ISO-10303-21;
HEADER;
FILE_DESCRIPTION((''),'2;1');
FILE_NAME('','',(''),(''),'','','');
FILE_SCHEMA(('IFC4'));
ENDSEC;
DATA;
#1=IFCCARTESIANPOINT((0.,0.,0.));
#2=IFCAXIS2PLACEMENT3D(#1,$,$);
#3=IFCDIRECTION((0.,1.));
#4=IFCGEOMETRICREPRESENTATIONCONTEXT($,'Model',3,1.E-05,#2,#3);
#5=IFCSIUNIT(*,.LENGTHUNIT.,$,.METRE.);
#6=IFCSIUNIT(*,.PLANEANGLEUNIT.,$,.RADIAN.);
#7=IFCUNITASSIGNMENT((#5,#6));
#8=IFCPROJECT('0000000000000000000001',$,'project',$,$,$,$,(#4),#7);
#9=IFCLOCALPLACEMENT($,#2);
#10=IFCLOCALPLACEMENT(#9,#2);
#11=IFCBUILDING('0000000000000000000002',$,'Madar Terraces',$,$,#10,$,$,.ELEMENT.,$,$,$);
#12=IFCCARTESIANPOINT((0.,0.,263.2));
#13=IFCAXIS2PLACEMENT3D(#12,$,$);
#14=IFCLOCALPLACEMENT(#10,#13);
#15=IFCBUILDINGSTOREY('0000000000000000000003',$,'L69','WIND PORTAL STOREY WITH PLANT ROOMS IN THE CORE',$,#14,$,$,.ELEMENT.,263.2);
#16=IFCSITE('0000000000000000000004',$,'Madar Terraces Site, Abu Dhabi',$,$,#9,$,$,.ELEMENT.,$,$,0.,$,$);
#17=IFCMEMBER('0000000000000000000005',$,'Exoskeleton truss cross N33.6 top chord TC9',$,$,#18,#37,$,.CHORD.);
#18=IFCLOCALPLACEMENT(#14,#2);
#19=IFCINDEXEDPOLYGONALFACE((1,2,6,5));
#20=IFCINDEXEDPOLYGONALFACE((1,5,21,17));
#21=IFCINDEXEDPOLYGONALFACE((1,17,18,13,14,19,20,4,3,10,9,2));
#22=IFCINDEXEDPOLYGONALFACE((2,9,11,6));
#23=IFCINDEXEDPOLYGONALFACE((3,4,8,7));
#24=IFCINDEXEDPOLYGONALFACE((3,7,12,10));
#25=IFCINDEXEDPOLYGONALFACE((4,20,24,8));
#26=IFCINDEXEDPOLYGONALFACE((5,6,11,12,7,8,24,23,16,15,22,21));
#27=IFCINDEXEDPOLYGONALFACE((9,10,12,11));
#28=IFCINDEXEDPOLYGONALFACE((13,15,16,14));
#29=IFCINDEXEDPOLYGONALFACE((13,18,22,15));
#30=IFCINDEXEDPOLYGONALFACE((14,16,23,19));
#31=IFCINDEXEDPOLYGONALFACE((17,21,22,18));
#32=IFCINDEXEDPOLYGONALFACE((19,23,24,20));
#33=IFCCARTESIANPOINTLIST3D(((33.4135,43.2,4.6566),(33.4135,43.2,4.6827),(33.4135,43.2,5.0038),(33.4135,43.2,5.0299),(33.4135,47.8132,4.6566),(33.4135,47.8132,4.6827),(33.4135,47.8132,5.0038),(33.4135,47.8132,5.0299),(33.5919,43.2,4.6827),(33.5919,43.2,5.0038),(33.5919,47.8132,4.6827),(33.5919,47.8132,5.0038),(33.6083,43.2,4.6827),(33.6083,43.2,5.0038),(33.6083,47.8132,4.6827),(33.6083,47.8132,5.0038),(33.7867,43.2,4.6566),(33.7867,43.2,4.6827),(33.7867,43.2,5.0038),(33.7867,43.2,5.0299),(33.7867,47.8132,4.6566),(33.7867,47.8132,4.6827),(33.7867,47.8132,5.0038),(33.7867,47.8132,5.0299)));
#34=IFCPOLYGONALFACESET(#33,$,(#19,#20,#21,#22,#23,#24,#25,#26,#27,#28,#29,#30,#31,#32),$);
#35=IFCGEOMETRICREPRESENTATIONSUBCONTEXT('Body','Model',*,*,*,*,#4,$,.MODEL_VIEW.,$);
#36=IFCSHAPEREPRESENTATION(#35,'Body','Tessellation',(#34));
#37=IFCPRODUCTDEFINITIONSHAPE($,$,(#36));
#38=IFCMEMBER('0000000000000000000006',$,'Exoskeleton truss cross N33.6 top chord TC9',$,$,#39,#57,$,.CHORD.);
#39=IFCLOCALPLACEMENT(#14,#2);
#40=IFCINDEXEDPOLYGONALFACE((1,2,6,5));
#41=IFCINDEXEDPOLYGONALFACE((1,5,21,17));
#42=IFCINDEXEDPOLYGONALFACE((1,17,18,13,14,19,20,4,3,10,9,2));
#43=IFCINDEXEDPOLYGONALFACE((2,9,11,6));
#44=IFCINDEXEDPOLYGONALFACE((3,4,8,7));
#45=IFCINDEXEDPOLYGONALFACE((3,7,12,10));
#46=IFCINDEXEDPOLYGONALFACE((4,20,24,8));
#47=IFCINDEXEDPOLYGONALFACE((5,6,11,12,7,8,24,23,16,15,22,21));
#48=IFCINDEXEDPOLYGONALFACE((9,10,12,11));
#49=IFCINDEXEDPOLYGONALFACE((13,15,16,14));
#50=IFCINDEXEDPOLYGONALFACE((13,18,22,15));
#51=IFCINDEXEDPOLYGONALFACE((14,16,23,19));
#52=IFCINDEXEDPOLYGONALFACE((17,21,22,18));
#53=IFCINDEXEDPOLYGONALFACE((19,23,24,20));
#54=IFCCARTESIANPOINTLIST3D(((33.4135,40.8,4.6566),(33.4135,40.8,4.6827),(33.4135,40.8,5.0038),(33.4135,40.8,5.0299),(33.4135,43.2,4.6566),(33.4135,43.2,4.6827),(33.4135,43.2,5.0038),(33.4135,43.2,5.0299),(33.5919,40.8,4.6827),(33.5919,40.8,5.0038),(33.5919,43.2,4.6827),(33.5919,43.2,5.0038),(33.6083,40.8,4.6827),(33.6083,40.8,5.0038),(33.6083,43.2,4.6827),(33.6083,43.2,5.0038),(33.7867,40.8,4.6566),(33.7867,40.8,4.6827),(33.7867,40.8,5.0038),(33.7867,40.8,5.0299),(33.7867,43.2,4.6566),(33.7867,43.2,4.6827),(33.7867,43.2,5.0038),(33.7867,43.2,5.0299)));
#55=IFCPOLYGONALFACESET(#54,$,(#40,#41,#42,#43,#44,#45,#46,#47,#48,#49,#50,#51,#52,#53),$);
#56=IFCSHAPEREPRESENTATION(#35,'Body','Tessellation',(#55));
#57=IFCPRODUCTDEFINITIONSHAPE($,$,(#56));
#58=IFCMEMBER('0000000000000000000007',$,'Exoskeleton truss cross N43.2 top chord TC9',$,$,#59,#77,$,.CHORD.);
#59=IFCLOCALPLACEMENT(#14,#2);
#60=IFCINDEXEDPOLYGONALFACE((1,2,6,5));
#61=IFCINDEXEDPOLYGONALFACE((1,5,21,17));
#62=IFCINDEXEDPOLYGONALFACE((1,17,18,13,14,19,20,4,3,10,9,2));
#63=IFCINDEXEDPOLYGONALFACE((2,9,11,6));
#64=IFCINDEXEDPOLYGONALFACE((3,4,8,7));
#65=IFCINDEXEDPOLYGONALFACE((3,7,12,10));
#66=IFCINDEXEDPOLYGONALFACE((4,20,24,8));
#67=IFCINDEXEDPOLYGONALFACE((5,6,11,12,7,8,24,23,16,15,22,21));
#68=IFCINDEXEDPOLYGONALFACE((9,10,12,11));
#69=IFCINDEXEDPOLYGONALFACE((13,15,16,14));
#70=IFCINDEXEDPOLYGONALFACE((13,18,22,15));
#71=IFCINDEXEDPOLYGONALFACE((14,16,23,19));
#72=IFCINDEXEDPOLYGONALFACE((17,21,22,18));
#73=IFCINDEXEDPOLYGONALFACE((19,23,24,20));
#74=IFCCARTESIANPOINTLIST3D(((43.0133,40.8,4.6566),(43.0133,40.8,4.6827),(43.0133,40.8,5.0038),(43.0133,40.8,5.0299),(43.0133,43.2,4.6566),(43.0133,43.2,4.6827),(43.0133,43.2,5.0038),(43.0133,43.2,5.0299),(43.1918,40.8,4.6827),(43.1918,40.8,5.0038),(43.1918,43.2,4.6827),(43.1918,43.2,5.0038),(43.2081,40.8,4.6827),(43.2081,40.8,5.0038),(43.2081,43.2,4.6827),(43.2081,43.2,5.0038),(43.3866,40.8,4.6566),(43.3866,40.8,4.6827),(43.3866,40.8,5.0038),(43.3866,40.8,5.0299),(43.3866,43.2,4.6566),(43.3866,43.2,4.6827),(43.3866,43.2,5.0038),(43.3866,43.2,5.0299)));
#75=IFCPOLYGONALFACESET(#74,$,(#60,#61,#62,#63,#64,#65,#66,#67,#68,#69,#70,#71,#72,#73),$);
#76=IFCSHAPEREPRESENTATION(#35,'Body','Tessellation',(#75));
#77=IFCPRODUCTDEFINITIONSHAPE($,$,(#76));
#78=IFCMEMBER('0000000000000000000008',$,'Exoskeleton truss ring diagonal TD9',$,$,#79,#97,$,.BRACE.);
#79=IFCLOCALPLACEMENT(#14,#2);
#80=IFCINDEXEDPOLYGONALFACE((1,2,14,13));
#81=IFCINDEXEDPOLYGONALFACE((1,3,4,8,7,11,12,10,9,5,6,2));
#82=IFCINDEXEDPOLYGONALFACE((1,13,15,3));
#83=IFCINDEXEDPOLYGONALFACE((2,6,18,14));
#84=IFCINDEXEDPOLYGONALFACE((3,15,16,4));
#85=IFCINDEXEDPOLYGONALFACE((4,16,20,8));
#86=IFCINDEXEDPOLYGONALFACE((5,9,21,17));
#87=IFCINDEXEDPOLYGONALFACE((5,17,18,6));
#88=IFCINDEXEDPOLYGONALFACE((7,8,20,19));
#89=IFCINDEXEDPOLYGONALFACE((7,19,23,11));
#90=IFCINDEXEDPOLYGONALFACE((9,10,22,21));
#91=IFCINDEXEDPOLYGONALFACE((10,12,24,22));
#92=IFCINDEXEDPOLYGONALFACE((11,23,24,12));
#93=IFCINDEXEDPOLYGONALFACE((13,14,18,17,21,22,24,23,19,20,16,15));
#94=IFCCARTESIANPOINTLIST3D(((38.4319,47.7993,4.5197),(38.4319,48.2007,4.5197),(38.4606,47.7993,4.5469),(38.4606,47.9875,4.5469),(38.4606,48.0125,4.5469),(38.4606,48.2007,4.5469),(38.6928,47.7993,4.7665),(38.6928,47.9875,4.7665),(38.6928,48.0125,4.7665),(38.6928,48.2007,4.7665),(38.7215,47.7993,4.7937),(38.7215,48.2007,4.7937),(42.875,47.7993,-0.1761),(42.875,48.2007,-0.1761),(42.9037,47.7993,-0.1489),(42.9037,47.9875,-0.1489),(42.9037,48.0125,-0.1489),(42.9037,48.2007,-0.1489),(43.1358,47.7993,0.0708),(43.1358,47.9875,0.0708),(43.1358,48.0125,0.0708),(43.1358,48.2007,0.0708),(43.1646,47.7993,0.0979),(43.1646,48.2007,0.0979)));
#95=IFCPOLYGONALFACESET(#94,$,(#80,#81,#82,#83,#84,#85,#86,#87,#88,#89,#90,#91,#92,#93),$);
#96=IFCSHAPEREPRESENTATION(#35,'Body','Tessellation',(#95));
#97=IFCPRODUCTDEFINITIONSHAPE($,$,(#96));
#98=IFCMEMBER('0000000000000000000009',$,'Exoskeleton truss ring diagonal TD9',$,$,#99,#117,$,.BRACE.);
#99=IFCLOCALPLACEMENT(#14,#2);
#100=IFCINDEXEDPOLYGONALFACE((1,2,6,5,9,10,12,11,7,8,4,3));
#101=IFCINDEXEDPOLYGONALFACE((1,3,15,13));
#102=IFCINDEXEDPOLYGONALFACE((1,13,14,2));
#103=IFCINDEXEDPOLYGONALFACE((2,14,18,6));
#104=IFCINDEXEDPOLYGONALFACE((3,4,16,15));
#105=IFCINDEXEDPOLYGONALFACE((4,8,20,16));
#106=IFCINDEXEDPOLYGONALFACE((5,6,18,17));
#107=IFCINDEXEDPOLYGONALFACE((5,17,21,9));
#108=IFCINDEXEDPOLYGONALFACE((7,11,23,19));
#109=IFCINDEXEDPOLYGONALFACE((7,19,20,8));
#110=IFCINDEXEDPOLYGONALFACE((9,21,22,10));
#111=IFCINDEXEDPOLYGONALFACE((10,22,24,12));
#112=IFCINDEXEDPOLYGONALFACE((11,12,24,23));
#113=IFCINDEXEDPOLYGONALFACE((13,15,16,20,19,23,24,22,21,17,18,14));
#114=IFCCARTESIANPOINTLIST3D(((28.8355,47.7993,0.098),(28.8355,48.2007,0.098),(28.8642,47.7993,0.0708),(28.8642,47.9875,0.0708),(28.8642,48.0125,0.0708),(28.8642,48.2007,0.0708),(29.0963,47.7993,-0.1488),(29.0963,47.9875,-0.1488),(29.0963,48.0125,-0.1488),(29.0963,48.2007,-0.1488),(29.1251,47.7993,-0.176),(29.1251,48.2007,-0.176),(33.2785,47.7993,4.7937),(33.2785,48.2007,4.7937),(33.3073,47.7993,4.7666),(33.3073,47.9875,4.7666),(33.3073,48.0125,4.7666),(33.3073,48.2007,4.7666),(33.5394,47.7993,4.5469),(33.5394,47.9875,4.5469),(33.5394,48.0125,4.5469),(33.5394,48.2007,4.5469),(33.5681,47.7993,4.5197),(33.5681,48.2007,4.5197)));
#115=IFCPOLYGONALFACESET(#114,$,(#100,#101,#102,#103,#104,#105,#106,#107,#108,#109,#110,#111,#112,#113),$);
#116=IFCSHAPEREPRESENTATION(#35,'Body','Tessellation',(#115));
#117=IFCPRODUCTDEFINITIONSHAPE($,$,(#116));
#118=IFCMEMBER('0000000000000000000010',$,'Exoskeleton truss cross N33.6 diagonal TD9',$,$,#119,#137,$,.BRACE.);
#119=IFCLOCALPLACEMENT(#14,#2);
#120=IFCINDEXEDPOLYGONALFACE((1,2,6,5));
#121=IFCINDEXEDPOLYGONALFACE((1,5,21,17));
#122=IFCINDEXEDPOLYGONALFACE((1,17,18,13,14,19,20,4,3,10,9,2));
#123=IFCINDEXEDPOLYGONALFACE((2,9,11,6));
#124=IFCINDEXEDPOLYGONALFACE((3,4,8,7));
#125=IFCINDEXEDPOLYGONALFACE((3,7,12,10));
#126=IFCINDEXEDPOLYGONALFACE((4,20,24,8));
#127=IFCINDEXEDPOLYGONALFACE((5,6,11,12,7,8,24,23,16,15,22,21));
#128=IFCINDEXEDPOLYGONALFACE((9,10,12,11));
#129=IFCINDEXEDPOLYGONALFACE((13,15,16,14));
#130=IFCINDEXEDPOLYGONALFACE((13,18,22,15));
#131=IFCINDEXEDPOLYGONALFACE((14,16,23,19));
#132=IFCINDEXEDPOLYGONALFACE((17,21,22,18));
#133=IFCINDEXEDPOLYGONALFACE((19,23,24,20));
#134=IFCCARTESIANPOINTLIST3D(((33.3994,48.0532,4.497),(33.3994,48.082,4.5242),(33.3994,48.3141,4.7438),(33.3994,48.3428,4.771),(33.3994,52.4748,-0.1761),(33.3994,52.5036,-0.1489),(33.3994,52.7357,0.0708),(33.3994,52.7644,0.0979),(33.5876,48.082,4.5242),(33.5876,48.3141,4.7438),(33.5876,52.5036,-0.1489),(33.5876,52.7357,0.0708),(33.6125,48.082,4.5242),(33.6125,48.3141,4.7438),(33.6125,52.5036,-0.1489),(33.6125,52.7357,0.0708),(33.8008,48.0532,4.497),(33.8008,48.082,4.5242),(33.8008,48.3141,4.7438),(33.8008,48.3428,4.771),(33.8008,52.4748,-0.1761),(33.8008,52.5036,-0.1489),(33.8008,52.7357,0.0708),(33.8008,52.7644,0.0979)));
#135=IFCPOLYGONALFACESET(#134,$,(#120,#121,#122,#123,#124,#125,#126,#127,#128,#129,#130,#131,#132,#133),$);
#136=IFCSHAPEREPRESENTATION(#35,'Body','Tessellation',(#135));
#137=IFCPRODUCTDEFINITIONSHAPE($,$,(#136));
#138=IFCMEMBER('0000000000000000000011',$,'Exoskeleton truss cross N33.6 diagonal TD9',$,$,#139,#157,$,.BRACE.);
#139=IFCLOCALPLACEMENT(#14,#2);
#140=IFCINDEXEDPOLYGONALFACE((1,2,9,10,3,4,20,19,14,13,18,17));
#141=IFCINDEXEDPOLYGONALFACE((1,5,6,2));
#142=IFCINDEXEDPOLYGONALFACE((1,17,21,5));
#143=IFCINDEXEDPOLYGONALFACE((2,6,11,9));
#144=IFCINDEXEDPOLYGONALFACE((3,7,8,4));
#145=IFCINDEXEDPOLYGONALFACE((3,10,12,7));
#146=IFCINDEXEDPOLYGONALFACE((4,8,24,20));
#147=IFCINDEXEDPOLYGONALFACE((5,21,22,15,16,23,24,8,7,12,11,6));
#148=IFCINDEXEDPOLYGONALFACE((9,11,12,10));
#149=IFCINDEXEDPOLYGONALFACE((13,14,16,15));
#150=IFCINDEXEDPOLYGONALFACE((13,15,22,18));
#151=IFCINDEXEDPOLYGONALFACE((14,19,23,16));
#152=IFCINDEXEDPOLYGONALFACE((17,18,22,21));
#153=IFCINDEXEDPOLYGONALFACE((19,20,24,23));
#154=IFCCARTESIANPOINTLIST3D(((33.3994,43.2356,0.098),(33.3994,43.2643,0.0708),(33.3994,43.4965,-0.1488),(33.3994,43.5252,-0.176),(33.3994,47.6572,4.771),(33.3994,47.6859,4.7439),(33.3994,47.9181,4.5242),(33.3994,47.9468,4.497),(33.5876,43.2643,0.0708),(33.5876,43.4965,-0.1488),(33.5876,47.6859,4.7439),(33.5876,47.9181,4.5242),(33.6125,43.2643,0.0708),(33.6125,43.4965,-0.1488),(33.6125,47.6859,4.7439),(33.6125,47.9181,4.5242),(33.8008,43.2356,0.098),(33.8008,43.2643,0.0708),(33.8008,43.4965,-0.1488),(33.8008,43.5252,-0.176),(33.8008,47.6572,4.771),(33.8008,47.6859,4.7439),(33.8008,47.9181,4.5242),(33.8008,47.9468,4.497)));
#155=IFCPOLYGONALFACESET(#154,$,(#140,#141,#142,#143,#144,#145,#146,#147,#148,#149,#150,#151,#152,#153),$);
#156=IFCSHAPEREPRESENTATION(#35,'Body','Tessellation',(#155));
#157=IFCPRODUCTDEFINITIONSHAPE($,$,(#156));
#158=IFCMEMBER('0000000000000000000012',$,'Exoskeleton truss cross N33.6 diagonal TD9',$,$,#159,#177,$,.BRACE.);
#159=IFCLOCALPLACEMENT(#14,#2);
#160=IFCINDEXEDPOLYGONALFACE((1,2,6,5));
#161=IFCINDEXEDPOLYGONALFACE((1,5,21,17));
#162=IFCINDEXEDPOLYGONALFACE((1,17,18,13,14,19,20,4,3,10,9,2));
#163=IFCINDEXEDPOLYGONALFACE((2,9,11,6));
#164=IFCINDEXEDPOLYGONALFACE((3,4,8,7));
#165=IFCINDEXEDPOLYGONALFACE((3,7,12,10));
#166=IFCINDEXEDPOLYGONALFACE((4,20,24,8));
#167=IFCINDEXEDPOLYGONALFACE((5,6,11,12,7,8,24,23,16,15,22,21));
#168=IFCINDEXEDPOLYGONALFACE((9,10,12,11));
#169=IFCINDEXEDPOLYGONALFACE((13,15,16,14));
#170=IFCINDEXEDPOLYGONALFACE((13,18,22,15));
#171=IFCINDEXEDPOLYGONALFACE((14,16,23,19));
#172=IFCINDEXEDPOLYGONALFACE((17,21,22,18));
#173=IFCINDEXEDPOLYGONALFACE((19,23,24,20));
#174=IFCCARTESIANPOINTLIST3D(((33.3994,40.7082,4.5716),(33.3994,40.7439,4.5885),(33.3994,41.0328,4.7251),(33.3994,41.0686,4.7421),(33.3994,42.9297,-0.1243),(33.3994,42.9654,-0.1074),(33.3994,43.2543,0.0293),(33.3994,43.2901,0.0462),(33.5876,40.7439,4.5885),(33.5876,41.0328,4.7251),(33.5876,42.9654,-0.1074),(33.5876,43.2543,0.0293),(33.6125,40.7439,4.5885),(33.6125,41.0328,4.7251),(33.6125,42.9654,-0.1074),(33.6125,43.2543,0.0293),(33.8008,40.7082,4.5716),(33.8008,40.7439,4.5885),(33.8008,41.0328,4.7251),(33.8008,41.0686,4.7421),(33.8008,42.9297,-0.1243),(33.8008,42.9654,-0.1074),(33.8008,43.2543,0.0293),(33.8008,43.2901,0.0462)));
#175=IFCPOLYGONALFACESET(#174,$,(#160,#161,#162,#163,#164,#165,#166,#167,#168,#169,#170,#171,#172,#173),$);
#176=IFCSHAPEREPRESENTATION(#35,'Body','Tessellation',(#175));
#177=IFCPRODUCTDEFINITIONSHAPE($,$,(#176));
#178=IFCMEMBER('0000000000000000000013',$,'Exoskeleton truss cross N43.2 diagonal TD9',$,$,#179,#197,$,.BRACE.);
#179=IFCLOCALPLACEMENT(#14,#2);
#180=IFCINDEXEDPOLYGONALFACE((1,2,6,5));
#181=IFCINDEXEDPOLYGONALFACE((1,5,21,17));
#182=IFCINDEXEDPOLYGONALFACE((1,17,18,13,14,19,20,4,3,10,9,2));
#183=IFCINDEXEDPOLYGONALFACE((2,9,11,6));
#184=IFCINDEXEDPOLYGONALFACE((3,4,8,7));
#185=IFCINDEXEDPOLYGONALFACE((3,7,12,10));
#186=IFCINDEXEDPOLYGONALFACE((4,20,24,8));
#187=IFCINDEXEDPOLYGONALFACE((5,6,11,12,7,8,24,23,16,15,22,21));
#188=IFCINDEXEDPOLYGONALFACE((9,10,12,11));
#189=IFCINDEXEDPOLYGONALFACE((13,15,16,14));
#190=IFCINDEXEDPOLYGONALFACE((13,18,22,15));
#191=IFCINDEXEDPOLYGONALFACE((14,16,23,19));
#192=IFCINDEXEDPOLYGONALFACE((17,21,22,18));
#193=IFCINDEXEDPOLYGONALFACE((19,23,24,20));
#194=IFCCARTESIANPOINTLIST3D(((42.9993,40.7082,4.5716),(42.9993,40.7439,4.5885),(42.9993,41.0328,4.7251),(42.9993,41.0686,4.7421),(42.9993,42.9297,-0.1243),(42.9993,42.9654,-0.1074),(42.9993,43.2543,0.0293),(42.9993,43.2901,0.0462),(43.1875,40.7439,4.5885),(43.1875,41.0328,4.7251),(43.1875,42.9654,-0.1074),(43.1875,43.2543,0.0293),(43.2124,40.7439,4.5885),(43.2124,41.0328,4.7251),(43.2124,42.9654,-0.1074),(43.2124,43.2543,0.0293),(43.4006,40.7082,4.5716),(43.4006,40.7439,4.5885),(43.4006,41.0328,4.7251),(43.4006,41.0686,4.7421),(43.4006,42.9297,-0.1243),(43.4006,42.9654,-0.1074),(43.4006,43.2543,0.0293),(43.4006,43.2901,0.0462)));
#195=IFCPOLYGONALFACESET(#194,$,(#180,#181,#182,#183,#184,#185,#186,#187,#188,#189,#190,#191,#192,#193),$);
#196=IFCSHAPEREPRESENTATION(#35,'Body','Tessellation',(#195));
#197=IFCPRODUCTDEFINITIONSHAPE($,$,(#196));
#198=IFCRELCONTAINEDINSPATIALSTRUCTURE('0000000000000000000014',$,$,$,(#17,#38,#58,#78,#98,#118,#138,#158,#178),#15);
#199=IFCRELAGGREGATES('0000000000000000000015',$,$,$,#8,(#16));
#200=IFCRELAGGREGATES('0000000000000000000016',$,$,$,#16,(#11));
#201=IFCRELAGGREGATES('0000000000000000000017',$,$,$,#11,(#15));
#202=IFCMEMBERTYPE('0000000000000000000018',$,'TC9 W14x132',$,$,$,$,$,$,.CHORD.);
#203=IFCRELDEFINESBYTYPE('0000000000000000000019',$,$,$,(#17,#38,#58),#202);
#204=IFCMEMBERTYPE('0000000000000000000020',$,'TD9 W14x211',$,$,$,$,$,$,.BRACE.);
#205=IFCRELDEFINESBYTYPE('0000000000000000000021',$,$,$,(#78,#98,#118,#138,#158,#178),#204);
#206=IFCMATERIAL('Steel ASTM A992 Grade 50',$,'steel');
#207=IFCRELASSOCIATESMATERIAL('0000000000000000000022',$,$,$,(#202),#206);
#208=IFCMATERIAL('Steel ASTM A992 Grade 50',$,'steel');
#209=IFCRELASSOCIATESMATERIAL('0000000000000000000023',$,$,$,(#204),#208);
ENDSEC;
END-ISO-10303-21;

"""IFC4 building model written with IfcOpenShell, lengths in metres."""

from ifc_helpers import new_model, si_unit, direction, frame, origin, origin_2d, place, context, subcontext, project, spatial, i_section, extrude, material, material_profile, profile_set, type_object, element, save


model = new_model("IFC4")

# Units and contexts
model_context = context("Model", 3, precision=1e-05, world=origin(), true_north=direction((0.0, 1.0)))
body_context = subcontext(model_context, "Body", "Model", "MODEL_VIEW")
ifc_project = project(units=[si_unit("LENGTHUNIT", "METRE"), si_unit("PLANEANGLEUNIT", "RADIAN")], contexts=[model_context])

# Site, building, storey
site_placement = place(None, origin())
site = spatial("IfcSite", under=ifc_project, at=site_placement, Name="Madar Terraces Site, Abu Dhabi", CompositionType="ELEMENT", RefElevation=0.0)
building_placement = place(site_placement, origin())
building = spatial("IfcBuilding", under=site, at=building_placement, Name="Madar Terraces", CompositionType="ELEMENT")
storey_placement = place(building_placement, frame((0.0, 0.0, 263.2)))
storey = spatial("IfcBuildingStorey", under=building, at=storey_placement, Name="L69", Description="WIND PORTAL STOREY WITH PLANT ROOMS IN THE CORE", CompositionType="ELEMENT", Elevation=263.2)

# Members
ifc_material_1 = material(Name="Steel ASTM A992 Grade 50", Category="steel")
ifc_material_profile_1 = material_profile(ifc_material_1, i_section(OverallWidth=0.3733, OverallDepth=0.3733, WebThickness=0.0164, FlangeThickness=0.0261, at=origin_2d()), Name="W14x132")
ifc_profile_set_1 = profile_set([ifc_material_profile_1], Name="Steel ASTM A992 Grade 50")
member_type_1 = type_object("IfcMemberType", Name="TC9 W14x132", PredefinedType="CHORD", material=ifc_profile_set_1)
for number, where, z_axis, x_axis, name in (
    (1, (33.6001, 47.8132, 4.8433), (0.0, -1.0, 0.0), (1.0, 0.0, 0.0), "Exoskeleton truss cross N33.6 top chord TC9"),
):
    element("IfcMember", number, at=place(storey_placement, frame(where, z_axis=z_axis, x_axis=x_axis)), inside=storey, type_object=member_type_1, Name=name, PredefinedType="CHORD", context=body_context, shape_type="SweptSolid", body=[
        extrude(i_section(OverallWidth=0.3733, OverallDepth=0.3733, WebThickness=0.0164, FlangeThickness=0.0261, at=origin_2d()), origin(), (0.0, 0.0, 1.0), 4.6133),
    ])
for number, where, z_axis, x_axis, name in (
    (2, (33.6001, 43.2, 4.8433), (0.0, -1.0, 0.0), (1.0, 0.0, 0.0), "Exoskeleton truss cross N33.6 top chord TC9"),
    (3, (43.2, 43.2, 4.8433), (0.0, -1.0, 0.0), (1.0, 0.0, 0.0), "Exoskeleton truss cross N43.2 top chord TC9"),
):
    element("IfcMember", number, at=place(storey_placement, frame(where, z_axis=z_axis, x_axis=x_axis)), inside=storey, type_object=member_type_1, Name=name, PredefinedType="CHORD", context=body_context, shape_type="SweptSolid", body=[
        extrude(i_section(OverallWidth=0.3733, OverallDepth=0.3733, WebThickness=0.0164, FlangeThickness=0.0261, at=origin_2d()), origin(), (0.0, 0.0, 1.0), 2.3999),
    ])
ifc_material_2 = material(Name="Steel ASTM A992 Grade 50", Category="steel")
ifc_material_profile_2 = material_profile(ifc_material_2, i_section(OverallWidth=0.4014, OverallDepth=0.3987, WebThickness=0.0249, FlangeThickness=0.0396, at=origin_2d()), Name="W14x211")
ifc_profile_set_2 = profile_set([ifc_material_profile_2], Name="Steel ASTM A992 Grade 50")
member_type_2 = type_object("IfcMemberType", Name="TD9 W14x211", PredefinedType="BRACE", material=ifc_profile_set_2)
for number, where, z_axis, x_axis, name in (
    (4, (43.0198, 48.0, -0.0391), (-0.687293, 0.0, 0.72638), (0.0, -1.0, 0.0), "Exoskeleton truss ring diagonal TD9"),
    (5, (33.4233, 48.0, 4.6567), (-0.687293, 0.0, -0.72638), (0.0, -1.0, 0.0), "Exoskeleton truss ring diagonal TD9"),
):
    element("IfcMember", number, at=place(storey_placement, frame(where, z_axis=z_axis, x_axis=x_axis)), inside=storey, type_object=member_type_2, Name=name, PredefinedType="BRACE", context=body_context, shape_type="SweptSolid", body=[
        extrude(i_section(OverallWidth=0.4014, OverallDepth=0.3987, WebThickness=0.0249, FlangeThickness=0.0396, at=origin_2d()), origin(), (0.0, 0.0, 1.0), 6.4646),
    ])
for number, where, z_axis, x_axis, name in (
    (6, (33.6001, 52.6196, -0.0391), (0.0, -0.687293, 0.72638), (1.0, 0.0, 0.0), "Exoskeleton truss cross N33.6 diagonal TD9"),
    (7, (33.6001, 47.802, 4.634), (0.0, -0.687293, -0.72638), (1.0, 0.0, 0.0), "Exoskeleton truss cross N33.6 diagonal TD9"),
):
    element("IfcMember", number, at=place(storey_placement, frame(where, z_axis=z_axis, x_axis=x_axis)), inside=storey, type_object=member_type_2, Name=name, PredefinedType="BRACE", context=body_context, shape_type="SweptSolid", body=[
        extrude(i_section(OverallWidth=0.4014, OverallDepth=0.3987, WebThickness=0.0249, FlangeThickness=0.0396, at=origin_2d()), origin(), (0.0, 0.0, 1.0), 6.4333),
    ])
for number, where, z_axis, x_axis, name in (
    (8, (33.6001, 43.1099, -0.0391), (0.0, -0.427632, 0.903953), (1.0, 0.0, 0.0), "Exoskeleton truss cross N33.6 diagonal TD9"),
    (9, (43.2, 43.1099, -0.0391), (0.0, -0.427632, 0.903953), (1.0, 0.0, 0.0), "Exoskeleton truss cross N43.2 diagonal TD9"),
):
    element("IfcMember", number, at=place(storey_placement, frame(where, z_axis=z_axis, x_axis=x_axis)), inside=storey, type_object=member_type_2, Name=name, PredefinedType="BRACE", context=body_context, shape_type="SweptSolid", body=[
        extrude(i_section(OverallWidth=0.4014, OverallDepth=0.3987, WebThickness=0.0249, FlangeThickness=0.0396, at=origin_2d()), origin(), (0.0, 0.0, 1.0), 5.1948),
    ])

save(model, "model.ifc")
